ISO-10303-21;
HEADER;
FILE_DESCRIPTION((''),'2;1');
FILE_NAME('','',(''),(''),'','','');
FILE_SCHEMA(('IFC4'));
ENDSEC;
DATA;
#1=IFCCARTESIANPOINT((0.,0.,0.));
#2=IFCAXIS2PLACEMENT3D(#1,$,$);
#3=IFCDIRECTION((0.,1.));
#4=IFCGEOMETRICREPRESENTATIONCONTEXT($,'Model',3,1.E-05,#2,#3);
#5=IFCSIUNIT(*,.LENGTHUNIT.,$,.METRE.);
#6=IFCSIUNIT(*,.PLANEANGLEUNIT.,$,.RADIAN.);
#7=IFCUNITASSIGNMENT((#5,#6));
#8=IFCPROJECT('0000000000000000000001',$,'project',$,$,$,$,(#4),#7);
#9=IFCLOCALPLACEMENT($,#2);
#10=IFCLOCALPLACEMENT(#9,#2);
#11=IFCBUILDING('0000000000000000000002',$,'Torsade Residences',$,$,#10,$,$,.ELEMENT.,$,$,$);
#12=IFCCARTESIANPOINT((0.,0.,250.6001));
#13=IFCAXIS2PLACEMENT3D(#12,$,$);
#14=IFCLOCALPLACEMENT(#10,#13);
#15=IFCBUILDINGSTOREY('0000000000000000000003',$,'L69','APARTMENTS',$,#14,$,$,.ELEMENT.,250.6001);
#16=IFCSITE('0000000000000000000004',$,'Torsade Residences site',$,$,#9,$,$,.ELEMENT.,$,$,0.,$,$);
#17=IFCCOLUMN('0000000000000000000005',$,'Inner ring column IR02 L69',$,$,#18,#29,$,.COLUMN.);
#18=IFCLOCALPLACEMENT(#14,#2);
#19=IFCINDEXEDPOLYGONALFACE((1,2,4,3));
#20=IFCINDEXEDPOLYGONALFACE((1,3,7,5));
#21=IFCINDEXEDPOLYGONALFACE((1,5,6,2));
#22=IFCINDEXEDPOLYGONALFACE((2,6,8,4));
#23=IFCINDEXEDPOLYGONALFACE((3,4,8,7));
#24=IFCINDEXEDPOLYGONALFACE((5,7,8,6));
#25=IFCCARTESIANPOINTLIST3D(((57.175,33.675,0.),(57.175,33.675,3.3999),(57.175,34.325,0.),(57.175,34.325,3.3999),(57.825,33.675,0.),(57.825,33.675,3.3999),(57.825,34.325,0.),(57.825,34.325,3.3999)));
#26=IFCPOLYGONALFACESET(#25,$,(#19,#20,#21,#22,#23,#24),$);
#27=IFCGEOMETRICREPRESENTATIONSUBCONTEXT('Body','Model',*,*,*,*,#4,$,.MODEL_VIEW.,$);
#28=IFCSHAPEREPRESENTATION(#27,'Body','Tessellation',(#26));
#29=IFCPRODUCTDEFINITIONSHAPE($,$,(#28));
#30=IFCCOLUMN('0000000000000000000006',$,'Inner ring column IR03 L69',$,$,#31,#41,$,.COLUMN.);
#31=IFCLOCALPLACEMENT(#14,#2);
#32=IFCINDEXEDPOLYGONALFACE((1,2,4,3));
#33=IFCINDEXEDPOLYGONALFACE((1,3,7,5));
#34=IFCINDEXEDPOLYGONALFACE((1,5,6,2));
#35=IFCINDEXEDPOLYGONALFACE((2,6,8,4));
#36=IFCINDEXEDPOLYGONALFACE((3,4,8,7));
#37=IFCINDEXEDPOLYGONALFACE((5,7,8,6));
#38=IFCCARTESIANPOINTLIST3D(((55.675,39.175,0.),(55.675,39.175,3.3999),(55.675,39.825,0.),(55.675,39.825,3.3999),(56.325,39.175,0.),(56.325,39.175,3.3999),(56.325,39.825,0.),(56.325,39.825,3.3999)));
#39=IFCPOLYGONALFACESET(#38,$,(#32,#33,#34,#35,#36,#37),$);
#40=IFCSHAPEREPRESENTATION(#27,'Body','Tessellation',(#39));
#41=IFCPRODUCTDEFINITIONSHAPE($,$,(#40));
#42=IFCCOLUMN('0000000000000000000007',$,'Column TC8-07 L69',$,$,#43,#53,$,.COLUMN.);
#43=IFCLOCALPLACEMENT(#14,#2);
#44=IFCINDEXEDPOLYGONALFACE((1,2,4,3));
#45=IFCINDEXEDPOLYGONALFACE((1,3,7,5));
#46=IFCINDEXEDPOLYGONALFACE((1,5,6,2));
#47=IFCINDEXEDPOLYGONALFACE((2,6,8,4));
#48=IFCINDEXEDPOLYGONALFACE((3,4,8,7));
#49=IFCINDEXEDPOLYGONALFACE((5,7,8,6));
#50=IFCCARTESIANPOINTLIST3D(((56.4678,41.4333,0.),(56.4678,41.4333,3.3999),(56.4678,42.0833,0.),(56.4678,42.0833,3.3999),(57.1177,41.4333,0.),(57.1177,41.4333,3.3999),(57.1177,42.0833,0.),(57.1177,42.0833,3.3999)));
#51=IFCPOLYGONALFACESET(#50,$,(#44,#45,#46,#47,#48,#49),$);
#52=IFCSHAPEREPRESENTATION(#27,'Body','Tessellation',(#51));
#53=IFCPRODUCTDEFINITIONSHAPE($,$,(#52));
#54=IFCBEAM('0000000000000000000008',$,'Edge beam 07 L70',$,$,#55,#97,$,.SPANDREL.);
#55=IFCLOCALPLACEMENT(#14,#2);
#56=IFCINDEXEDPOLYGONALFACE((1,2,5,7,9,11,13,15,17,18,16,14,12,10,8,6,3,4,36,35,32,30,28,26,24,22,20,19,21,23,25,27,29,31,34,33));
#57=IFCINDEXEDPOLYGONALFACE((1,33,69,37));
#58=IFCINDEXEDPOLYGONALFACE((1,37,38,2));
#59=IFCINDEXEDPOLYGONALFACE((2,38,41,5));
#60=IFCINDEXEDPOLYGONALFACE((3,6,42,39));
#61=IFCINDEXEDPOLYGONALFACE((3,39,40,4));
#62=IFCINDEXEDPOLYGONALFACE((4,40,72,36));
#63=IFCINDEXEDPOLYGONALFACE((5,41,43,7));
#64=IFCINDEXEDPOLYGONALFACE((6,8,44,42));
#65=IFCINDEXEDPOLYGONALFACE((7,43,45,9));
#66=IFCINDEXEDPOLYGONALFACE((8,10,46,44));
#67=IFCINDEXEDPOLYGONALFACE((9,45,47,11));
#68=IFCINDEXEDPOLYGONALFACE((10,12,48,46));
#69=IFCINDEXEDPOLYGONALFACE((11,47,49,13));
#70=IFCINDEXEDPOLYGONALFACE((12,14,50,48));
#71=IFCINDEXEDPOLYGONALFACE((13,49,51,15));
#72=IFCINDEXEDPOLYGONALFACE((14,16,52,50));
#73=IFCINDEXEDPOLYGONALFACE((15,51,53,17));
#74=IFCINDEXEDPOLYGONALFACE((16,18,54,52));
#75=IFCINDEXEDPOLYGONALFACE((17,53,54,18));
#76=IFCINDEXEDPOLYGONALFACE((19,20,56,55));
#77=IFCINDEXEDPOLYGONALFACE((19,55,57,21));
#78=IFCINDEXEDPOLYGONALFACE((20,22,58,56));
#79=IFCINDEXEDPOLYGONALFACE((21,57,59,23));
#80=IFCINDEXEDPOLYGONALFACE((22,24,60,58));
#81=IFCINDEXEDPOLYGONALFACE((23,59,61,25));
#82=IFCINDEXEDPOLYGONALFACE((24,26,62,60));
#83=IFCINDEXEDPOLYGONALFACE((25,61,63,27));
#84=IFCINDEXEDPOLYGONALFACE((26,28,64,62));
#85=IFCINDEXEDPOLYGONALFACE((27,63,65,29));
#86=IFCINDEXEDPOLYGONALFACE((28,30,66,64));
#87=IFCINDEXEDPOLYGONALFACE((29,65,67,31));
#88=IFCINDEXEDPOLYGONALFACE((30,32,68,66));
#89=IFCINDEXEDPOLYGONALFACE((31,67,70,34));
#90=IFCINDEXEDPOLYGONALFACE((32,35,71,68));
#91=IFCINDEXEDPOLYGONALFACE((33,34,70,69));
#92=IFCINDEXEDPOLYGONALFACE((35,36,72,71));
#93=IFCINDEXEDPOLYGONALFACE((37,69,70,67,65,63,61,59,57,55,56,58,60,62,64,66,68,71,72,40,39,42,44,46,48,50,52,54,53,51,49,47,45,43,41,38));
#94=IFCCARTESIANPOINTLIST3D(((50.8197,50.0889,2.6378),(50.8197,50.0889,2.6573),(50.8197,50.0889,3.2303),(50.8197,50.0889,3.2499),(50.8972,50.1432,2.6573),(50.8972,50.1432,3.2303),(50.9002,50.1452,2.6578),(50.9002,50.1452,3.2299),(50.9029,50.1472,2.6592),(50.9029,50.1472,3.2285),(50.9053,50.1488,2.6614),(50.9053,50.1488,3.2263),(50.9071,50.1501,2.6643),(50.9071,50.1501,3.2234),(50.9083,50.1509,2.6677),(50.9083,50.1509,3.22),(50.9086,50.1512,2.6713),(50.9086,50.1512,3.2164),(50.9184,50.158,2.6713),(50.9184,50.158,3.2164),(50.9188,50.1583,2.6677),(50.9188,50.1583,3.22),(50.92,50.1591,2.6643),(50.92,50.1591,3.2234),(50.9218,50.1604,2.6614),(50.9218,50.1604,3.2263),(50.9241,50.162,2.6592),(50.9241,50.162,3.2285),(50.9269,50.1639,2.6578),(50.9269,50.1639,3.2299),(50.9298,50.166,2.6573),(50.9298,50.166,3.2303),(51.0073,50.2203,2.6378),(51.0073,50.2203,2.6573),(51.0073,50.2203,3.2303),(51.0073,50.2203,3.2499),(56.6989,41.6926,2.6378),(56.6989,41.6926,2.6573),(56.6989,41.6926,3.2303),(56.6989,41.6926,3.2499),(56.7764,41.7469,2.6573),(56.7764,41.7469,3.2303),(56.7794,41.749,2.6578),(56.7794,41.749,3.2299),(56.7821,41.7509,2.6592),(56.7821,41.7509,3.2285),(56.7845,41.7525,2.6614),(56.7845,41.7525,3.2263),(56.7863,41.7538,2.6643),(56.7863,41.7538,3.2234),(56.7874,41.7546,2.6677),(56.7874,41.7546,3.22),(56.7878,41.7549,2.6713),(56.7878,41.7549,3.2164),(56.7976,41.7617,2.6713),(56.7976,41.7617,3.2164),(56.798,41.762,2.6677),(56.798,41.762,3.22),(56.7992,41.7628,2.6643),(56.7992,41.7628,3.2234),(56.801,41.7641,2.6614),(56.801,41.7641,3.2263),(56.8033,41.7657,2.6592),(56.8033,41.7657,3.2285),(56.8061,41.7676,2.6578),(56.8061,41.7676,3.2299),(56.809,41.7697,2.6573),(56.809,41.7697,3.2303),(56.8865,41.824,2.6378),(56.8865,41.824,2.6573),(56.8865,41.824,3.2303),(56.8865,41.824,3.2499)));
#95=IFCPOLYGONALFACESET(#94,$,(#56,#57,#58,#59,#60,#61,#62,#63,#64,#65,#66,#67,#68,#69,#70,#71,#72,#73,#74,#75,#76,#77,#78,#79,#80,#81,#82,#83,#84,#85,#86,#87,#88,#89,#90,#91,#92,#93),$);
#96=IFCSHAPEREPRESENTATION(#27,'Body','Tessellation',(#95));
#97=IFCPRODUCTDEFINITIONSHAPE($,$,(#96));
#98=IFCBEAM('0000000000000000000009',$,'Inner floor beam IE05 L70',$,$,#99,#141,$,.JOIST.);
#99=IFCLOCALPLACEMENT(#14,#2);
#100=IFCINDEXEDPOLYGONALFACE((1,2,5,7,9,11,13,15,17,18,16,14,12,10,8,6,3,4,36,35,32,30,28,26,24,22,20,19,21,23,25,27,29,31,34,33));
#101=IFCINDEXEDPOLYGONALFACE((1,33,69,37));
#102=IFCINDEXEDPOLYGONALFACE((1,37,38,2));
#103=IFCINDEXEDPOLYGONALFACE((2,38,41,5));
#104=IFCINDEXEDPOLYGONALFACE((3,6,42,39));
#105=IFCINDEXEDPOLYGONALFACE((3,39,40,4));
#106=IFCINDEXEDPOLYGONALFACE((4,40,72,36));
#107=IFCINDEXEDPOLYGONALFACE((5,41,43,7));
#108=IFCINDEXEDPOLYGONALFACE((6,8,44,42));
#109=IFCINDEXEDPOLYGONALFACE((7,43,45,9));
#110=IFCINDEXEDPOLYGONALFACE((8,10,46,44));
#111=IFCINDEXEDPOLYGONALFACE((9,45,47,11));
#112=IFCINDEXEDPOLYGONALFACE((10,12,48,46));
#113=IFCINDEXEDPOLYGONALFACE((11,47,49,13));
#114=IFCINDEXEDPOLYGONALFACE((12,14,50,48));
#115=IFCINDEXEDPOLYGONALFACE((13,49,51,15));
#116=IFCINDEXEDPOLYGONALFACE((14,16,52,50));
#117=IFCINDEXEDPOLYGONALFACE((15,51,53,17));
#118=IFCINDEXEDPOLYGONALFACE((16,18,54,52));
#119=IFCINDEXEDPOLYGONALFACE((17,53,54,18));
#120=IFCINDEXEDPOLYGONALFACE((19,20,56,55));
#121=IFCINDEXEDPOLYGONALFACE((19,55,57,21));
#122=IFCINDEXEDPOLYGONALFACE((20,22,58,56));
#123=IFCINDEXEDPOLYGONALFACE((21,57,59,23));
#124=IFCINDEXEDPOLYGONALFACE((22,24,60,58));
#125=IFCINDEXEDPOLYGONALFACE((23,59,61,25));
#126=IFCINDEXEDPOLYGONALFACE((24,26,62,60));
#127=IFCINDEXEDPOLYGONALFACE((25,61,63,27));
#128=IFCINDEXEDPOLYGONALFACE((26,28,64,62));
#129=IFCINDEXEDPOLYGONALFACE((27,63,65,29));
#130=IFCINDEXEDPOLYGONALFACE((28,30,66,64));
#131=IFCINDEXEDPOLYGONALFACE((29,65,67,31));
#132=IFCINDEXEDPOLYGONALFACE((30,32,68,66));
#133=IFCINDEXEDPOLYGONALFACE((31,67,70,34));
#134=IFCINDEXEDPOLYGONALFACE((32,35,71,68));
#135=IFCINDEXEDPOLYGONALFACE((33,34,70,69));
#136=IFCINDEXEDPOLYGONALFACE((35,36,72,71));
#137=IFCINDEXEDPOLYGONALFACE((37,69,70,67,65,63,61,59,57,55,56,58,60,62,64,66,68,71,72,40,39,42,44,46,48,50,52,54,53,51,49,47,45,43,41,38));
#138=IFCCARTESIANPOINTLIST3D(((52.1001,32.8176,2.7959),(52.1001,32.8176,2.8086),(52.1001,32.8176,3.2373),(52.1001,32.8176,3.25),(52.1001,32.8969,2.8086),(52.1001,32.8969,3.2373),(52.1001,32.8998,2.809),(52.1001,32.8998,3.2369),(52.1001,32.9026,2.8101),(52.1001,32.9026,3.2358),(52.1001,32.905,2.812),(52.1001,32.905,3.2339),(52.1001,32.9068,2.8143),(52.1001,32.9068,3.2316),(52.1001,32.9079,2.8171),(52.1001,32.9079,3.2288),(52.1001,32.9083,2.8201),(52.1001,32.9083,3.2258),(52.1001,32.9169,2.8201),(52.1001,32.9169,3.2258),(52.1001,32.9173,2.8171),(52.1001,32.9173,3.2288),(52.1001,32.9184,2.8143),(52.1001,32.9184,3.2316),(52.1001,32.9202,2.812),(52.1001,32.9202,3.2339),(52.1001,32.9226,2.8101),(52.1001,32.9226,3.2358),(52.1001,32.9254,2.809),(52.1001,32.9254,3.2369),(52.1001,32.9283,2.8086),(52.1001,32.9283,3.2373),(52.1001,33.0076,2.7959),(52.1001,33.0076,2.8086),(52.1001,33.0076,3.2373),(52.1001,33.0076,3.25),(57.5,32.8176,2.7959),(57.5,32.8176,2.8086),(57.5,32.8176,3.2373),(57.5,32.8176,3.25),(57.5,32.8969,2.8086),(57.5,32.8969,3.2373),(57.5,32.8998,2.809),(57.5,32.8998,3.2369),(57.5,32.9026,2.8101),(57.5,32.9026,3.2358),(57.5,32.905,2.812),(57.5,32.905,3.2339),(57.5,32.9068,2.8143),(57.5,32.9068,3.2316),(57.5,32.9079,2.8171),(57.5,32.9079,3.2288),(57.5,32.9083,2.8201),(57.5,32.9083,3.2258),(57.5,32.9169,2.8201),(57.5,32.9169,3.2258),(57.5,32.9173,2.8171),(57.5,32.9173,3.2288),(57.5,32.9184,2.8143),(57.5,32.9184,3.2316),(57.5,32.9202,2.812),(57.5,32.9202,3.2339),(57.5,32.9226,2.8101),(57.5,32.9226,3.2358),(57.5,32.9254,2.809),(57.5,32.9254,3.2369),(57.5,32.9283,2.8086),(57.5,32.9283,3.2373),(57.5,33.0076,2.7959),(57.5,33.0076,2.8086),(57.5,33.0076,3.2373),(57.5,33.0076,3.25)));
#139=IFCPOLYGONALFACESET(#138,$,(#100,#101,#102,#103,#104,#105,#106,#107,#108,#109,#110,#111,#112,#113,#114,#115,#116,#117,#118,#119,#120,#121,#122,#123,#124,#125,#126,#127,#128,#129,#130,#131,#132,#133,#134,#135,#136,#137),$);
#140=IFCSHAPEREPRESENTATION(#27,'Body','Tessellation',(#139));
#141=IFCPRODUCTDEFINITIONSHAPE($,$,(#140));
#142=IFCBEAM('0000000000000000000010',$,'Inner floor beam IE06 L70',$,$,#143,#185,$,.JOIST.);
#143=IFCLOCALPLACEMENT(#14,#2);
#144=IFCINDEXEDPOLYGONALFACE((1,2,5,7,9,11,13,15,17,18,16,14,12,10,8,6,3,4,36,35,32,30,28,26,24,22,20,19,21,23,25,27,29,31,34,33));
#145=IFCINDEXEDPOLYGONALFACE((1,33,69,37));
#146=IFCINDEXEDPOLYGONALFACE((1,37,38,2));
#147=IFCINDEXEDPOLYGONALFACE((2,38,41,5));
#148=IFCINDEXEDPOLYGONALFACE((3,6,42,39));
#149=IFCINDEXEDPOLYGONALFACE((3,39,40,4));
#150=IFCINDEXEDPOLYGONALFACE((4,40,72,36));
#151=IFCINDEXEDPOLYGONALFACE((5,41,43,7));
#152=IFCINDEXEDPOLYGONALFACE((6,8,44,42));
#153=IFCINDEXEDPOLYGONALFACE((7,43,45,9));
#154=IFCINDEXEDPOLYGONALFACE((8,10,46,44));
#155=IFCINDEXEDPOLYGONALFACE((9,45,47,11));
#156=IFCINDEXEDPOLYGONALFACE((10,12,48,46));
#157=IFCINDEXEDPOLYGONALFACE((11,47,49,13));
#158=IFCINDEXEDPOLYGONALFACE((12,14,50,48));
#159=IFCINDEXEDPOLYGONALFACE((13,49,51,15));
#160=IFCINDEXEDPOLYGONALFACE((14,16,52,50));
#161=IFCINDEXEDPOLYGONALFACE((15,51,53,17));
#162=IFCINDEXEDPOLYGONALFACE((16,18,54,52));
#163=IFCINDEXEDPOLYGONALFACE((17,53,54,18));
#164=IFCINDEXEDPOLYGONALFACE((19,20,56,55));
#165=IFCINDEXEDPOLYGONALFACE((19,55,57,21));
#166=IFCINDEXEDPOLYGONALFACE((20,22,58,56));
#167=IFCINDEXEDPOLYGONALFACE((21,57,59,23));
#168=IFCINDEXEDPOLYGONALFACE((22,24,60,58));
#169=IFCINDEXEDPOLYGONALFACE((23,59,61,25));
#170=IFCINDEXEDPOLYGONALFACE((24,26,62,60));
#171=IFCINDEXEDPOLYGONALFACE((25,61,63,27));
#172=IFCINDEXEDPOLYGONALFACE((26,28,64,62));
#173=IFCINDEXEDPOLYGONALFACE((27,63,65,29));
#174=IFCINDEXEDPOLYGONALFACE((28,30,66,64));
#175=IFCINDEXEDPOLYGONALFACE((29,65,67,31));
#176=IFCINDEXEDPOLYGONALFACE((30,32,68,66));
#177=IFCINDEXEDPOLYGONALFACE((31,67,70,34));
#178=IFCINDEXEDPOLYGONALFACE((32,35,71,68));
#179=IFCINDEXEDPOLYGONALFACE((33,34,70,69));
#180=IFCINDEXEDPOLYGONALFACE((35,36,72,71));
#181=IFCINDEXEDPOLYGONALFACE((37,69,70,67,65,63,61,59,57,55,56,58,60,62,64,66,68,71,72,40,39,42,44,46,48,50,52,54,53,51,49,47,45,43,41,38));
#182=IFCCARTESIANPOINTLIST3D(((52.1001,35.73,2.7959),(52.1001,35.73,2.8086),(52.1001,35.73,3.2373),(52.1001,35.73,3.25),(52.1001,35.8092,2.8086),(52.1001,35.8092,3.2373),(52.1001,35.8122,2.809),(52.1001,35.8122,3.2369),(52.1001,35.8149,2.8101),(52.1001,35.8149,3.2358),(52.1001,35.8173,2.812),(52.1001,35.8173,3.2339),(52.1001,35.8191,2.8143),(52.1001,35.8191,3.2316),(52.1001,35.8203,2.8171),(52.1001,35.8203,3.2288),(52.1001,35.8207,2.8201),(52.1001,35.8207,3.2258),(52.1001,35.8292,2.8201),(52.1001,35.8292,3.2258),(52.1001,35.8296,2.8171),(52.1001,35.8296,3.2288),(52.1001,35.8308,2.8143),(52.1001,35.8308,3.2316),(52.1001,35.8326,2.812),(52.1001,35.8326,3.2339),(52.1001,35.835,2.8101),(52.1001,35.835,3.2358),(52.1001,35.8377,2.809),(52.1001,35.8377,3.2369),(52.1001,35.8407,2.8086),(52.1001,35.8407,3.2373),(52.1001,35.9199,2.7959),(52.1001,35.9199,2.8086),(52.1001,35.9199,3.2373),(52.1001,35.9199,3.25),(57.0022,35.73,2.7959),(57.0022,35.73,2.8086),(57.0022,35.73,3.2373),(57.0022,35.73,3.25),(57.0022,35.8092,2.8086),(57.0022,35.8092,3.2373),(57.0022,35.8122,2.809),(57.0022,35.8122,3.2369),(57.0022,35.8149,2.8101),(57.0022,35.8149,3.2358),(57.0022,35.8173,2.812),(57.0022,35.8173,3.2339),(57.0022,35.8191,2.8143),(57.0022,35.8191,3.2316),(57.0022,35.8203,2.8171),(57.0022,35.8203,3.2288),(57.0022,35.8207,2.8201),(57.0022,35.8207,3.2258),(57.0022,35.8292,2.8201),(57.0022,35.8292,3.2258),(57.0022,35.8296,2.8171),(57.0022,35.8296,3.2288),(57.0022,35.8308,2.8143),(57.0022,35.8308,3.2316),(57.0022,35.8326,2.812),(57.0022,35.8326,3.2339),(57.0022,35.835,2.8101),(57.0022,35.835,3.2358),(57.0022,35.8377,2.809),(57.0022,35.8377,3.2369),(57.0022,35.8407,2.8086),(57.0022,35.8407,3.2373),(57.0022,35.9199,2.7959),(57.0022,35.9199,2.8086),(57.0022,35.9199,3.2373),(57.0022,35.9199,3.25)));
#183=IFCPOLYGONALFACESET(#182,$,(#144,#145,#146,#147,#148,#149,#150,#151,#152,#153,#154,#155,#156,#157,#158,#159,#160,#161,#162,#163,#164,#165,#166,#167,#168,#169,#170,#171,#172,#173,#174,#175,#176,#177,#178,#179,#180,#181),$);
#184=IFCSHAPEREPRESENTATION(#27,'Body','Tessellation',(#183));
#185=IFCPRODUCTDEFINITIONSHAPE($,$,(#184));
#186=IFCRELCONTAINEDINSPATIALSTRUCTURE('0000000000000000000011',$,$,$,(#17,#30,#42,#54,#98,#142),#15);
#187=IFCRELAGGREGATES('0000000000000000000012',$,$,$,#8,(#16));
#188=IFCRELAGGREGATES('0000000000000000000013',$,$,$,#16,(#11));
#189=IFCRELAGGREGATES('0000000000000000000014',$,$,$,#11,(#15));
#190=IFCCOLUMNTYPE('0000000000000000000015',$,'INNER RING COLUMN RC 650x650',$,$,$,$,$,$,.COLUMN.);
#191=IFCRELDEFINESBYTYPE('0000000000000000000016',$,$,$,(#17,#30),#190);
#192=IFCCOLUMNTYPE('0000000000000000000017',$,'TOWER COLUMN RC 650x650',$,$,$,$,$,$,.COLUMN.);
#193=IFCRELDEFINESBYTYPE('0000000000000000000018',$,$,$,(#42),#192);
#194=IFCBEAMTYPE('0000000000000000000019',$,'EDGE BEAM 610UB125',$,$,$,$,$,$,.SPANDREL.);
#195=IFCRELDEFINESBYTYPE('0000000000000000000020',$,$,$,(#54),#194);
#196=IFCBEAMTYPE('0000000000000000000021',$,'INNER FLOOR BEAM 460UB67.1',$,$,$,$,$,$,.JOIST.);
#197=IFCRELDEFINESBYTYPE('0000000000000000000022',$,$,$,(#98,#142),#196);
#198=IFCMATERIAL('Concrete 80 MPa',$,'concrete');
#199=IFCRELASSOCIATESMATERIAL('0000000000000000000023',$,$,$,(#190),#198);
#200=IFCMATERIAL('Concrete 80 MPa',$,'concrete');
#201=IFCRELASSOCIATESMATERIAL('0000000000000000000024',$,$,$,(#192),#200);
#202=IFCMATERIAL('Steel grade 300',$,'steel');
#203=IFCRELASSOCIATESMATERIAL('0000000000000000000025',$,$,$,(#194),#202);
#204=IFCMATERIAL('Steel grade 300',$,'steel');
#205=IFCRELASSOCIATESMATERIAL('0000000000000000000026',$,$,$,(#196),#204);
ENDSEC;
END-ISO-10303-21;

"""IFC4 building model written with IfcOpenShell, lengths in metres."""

from ifc_helpers import new_model, si_unit, direction, frame, origin, origin_2d, place, context, subcontext, project, spatial, rectangle, i_section, extrude, material, material_profile, profile_set, type_object, element, save


model = new_model("IFC4")

# Units and contexts
model_context = context("Model", 3, precision=1e-05, world=origin(), true_north=direction((0.0, 1.0)))
body_context = subcontext(model_context, "Body", "Model", "MODEL_VIEW")
ifc_project = project(units=[si_unit("LENGTHUNIT", "METRE"), si_unit("PLANEANGLEUNIT", "RADIAN")], contexts=[model_context])

# Site, building, storey
site_placement = place(None, origin())
site = spatial("IfcSite", under=ifc_project, at=site_placement, Name="Torsade Residences site", CompositionType="ELEMENT", RefElevation=0.0)
building_placement = place(site_placement, origin())
building = spatial("IfcBuilding", under=site, at=building_placement, Name="Torsade Residences", CompositionType="ELEMENT")
storey_placement = place(building_placement, frame((0.0, 0.0, 250.6001)))
storey = spatial("IfcBuildingStorey", under=building, at=storey_placement, Name="L69", Description="APARTMENTS", CompositionType="ELEMENT", Elevation=250.6001)

# Columns
ifc_material_1 = material(Name="Concrete 80 MPa", Category="concrete")
ifc_material_profile_1 = material_profile(ifc_material_1, rectangle(XDim=0.6499, YDim=0.6499, at=origin_2d()), Name="RC 650x650")
ifc_profile_set_1 = profile_set([ifc_material_profile_1], Name="Concrete 80 MPa")
column_type_1 = type_object("IfcColumnType", Name="INNER RING COLUMN RC 650x650", PredefinedType="COLUMN", material=ifc_profile_set_1)
for number, where, z_axis, x_axis, name in (
    (1, (57.5, 34.0, 0.0), (0.0, 0.0, 1.0), (1.0, 0.0, 0.0), "Inner ring column IR02 L69"),
    (2, (56.0, 39.5, 0.0), (0.0, 0.0, 1.0), (1.0, 0.0, 0.0), "Inner ring column IR03 L69"),
):
    element("IfcColumn", number, at=place(storey_placement, frame(where, z_axis=z_axis, x_axis=x_axis)), inside=storey, type_object=column_type_1, Name=name, PredefinedType="COLUMN", context=body_context, shape_type="SweptSolid", body=[
        extrude(rectangle(XDim=0.6499, YDim=0.6499, at=origin_2d()), origin(), (0.0, 0.0, 1.0), 3.3999),
    ])
ifc_material_2 = material(Name="Concrete 80 MPa", Category="concrete")
ifc_material_profile_2 = material_profile(ifc_material_2, rectangle(XDim=0.6499, YDim=0.6499, at=origin_2d()), Name="RC 650x650")
ifc_profile_set_2 = profile_set([ifc_material_profile_2], Name="Concrete 80 MPa")
column_type_2 = type_object("IfcColumnType", Name="TOWER COLUMN RC 650x650", PredefinedType="COLUMN", material=ifc_profile_set_2)
column_placement = place(storey_placement, frame((56.7927, 41.7583, 0.0), z_axis=(0.0, 0.0, 1.0), x_axis=(1.0, 0.0, 0.0)))
element("IfcColumn", 3, at=column_placement, inside=storey, type_object=column_type_2, Name="Column TC8-07 L69", PredefinedType="COLUMN", context=body_context, shape_type="SweptSolid", body=[
    extrude(rectangle(XDim=0.6499, YDim=0.6499, at=origin_2d()), origin(), (0.0, 0.0, 1.0), 3.3999),
])

# Beams
ifc_material_3 = material(Name="Steel grade 300", Category="steel")
ifc_material_profile_3 = material_profile(ifc_material_3, i_section(OverallWidth=0.229, OverallDepth=0.6121, WebThickness=0.012, FlangeThickness=0.0195, FilletRadius=0.0139, at=origin_2d()), Name="610UB125")
ifc_profile_set_3 = profile_set([ifc_material_profile_3], Name="Steel grade 300")
beam_type_1 = type_object("IfcBeamType", Name="EDGE BEAM 610UB125", PredefinedType="SPANDREL", material=ifc_profile_set_3)
beam_1_placement = place(storey_placement, frame((56.7927, 41.7583, 2.9438), z_axis=(-0.573579, 0.81915, 0.0), x_axis=(-0.81915, -0.573579, 0.0)))
element("IfcBeam", 4, at=beam_1_placement, inside=storey, type_object=beam_type_1, Name="Edge beam 07 L70", PredefinedType="SPANDREL", context=body_context, shape_type="SweptSolid", body=[
    extrude(i_section(OverallWidth=0.229, OverallDepth=0.6121, WebThickness=0.012, FlangeThickness=0.0195, FilletRadius=0.0139, at=origin_2d()), origin(), (0.0, 0.0, 1.0), 10.25),
])
ifc_material_4 = material(Name="Steel grade 300", Category="steel")
ifc_material_profile_4 = material_profile(ifc_material_4, i_section(OverallWidth=0.1899, OverallDepth=0.4541, WebThickness=0.0085, FlangeThickness=0.0127, FilletRadius=0.0115, at=origin_2d()), Name="460UB67.1")
ifc_profile_set_4 = profile_set([ifc_material_profile_4], Name="Steel grade 300")
beam_type_2 = type_object("IfcBeamType", Name="INNER FLOOR BEAM 460UB67.1", PredefinedType="JOIST", material=ifc_profile_set_4)
beam_2_placement = place(storey_placement, frame((52.1001, 32.9126, 3.0229), z_axis=(1.0, 0.0, 0.0), x_axis=(0.0, 1.0, 0.0)))
element("IfcBeam", 5, at=beam_2_placement, inside=storey, type_object=beam_type_2, Name="Inner floor beam IE05 L70", PredefinedType="JOIST", context=body_context, shape_type="SweptSolid", body=[
    extrude(i_section(OverallWidth=0.1899, OverallDepth=0.4541, WebThickness=0.0085, FlangeThickness=0.0127, FilletRadius=0.0115, at=origin_2d()), origin(), (0.0, 0.0, 1.0), 5.3999),
])
beam_3_placement = place(storey_placement, frame((52.1001, 35.825, 3.0229), z_axis=(1.0, 0.0, 0.0), x_axis=(0.0, 1.0, 0.0)))
element("IfcBeam", 6, at=beam_3_placement, inside=storey, type_object=beam_type_2, Name="Inner floor beam IE06 L70", PredefinedType="JOIST", context=body_context, shape_type="SweptSolid", body=[
    extrude(i_section(OverallWidth=0.1899, OverallDepth=0.4541, WebThickness=0.0085, FlangeThickness=0.0127, FilletRadius=0.0115, at=origin_2d()), origin(), (0.0, 0.0, 1.0), 4.9021),
])

save(model, "model.ifc")
